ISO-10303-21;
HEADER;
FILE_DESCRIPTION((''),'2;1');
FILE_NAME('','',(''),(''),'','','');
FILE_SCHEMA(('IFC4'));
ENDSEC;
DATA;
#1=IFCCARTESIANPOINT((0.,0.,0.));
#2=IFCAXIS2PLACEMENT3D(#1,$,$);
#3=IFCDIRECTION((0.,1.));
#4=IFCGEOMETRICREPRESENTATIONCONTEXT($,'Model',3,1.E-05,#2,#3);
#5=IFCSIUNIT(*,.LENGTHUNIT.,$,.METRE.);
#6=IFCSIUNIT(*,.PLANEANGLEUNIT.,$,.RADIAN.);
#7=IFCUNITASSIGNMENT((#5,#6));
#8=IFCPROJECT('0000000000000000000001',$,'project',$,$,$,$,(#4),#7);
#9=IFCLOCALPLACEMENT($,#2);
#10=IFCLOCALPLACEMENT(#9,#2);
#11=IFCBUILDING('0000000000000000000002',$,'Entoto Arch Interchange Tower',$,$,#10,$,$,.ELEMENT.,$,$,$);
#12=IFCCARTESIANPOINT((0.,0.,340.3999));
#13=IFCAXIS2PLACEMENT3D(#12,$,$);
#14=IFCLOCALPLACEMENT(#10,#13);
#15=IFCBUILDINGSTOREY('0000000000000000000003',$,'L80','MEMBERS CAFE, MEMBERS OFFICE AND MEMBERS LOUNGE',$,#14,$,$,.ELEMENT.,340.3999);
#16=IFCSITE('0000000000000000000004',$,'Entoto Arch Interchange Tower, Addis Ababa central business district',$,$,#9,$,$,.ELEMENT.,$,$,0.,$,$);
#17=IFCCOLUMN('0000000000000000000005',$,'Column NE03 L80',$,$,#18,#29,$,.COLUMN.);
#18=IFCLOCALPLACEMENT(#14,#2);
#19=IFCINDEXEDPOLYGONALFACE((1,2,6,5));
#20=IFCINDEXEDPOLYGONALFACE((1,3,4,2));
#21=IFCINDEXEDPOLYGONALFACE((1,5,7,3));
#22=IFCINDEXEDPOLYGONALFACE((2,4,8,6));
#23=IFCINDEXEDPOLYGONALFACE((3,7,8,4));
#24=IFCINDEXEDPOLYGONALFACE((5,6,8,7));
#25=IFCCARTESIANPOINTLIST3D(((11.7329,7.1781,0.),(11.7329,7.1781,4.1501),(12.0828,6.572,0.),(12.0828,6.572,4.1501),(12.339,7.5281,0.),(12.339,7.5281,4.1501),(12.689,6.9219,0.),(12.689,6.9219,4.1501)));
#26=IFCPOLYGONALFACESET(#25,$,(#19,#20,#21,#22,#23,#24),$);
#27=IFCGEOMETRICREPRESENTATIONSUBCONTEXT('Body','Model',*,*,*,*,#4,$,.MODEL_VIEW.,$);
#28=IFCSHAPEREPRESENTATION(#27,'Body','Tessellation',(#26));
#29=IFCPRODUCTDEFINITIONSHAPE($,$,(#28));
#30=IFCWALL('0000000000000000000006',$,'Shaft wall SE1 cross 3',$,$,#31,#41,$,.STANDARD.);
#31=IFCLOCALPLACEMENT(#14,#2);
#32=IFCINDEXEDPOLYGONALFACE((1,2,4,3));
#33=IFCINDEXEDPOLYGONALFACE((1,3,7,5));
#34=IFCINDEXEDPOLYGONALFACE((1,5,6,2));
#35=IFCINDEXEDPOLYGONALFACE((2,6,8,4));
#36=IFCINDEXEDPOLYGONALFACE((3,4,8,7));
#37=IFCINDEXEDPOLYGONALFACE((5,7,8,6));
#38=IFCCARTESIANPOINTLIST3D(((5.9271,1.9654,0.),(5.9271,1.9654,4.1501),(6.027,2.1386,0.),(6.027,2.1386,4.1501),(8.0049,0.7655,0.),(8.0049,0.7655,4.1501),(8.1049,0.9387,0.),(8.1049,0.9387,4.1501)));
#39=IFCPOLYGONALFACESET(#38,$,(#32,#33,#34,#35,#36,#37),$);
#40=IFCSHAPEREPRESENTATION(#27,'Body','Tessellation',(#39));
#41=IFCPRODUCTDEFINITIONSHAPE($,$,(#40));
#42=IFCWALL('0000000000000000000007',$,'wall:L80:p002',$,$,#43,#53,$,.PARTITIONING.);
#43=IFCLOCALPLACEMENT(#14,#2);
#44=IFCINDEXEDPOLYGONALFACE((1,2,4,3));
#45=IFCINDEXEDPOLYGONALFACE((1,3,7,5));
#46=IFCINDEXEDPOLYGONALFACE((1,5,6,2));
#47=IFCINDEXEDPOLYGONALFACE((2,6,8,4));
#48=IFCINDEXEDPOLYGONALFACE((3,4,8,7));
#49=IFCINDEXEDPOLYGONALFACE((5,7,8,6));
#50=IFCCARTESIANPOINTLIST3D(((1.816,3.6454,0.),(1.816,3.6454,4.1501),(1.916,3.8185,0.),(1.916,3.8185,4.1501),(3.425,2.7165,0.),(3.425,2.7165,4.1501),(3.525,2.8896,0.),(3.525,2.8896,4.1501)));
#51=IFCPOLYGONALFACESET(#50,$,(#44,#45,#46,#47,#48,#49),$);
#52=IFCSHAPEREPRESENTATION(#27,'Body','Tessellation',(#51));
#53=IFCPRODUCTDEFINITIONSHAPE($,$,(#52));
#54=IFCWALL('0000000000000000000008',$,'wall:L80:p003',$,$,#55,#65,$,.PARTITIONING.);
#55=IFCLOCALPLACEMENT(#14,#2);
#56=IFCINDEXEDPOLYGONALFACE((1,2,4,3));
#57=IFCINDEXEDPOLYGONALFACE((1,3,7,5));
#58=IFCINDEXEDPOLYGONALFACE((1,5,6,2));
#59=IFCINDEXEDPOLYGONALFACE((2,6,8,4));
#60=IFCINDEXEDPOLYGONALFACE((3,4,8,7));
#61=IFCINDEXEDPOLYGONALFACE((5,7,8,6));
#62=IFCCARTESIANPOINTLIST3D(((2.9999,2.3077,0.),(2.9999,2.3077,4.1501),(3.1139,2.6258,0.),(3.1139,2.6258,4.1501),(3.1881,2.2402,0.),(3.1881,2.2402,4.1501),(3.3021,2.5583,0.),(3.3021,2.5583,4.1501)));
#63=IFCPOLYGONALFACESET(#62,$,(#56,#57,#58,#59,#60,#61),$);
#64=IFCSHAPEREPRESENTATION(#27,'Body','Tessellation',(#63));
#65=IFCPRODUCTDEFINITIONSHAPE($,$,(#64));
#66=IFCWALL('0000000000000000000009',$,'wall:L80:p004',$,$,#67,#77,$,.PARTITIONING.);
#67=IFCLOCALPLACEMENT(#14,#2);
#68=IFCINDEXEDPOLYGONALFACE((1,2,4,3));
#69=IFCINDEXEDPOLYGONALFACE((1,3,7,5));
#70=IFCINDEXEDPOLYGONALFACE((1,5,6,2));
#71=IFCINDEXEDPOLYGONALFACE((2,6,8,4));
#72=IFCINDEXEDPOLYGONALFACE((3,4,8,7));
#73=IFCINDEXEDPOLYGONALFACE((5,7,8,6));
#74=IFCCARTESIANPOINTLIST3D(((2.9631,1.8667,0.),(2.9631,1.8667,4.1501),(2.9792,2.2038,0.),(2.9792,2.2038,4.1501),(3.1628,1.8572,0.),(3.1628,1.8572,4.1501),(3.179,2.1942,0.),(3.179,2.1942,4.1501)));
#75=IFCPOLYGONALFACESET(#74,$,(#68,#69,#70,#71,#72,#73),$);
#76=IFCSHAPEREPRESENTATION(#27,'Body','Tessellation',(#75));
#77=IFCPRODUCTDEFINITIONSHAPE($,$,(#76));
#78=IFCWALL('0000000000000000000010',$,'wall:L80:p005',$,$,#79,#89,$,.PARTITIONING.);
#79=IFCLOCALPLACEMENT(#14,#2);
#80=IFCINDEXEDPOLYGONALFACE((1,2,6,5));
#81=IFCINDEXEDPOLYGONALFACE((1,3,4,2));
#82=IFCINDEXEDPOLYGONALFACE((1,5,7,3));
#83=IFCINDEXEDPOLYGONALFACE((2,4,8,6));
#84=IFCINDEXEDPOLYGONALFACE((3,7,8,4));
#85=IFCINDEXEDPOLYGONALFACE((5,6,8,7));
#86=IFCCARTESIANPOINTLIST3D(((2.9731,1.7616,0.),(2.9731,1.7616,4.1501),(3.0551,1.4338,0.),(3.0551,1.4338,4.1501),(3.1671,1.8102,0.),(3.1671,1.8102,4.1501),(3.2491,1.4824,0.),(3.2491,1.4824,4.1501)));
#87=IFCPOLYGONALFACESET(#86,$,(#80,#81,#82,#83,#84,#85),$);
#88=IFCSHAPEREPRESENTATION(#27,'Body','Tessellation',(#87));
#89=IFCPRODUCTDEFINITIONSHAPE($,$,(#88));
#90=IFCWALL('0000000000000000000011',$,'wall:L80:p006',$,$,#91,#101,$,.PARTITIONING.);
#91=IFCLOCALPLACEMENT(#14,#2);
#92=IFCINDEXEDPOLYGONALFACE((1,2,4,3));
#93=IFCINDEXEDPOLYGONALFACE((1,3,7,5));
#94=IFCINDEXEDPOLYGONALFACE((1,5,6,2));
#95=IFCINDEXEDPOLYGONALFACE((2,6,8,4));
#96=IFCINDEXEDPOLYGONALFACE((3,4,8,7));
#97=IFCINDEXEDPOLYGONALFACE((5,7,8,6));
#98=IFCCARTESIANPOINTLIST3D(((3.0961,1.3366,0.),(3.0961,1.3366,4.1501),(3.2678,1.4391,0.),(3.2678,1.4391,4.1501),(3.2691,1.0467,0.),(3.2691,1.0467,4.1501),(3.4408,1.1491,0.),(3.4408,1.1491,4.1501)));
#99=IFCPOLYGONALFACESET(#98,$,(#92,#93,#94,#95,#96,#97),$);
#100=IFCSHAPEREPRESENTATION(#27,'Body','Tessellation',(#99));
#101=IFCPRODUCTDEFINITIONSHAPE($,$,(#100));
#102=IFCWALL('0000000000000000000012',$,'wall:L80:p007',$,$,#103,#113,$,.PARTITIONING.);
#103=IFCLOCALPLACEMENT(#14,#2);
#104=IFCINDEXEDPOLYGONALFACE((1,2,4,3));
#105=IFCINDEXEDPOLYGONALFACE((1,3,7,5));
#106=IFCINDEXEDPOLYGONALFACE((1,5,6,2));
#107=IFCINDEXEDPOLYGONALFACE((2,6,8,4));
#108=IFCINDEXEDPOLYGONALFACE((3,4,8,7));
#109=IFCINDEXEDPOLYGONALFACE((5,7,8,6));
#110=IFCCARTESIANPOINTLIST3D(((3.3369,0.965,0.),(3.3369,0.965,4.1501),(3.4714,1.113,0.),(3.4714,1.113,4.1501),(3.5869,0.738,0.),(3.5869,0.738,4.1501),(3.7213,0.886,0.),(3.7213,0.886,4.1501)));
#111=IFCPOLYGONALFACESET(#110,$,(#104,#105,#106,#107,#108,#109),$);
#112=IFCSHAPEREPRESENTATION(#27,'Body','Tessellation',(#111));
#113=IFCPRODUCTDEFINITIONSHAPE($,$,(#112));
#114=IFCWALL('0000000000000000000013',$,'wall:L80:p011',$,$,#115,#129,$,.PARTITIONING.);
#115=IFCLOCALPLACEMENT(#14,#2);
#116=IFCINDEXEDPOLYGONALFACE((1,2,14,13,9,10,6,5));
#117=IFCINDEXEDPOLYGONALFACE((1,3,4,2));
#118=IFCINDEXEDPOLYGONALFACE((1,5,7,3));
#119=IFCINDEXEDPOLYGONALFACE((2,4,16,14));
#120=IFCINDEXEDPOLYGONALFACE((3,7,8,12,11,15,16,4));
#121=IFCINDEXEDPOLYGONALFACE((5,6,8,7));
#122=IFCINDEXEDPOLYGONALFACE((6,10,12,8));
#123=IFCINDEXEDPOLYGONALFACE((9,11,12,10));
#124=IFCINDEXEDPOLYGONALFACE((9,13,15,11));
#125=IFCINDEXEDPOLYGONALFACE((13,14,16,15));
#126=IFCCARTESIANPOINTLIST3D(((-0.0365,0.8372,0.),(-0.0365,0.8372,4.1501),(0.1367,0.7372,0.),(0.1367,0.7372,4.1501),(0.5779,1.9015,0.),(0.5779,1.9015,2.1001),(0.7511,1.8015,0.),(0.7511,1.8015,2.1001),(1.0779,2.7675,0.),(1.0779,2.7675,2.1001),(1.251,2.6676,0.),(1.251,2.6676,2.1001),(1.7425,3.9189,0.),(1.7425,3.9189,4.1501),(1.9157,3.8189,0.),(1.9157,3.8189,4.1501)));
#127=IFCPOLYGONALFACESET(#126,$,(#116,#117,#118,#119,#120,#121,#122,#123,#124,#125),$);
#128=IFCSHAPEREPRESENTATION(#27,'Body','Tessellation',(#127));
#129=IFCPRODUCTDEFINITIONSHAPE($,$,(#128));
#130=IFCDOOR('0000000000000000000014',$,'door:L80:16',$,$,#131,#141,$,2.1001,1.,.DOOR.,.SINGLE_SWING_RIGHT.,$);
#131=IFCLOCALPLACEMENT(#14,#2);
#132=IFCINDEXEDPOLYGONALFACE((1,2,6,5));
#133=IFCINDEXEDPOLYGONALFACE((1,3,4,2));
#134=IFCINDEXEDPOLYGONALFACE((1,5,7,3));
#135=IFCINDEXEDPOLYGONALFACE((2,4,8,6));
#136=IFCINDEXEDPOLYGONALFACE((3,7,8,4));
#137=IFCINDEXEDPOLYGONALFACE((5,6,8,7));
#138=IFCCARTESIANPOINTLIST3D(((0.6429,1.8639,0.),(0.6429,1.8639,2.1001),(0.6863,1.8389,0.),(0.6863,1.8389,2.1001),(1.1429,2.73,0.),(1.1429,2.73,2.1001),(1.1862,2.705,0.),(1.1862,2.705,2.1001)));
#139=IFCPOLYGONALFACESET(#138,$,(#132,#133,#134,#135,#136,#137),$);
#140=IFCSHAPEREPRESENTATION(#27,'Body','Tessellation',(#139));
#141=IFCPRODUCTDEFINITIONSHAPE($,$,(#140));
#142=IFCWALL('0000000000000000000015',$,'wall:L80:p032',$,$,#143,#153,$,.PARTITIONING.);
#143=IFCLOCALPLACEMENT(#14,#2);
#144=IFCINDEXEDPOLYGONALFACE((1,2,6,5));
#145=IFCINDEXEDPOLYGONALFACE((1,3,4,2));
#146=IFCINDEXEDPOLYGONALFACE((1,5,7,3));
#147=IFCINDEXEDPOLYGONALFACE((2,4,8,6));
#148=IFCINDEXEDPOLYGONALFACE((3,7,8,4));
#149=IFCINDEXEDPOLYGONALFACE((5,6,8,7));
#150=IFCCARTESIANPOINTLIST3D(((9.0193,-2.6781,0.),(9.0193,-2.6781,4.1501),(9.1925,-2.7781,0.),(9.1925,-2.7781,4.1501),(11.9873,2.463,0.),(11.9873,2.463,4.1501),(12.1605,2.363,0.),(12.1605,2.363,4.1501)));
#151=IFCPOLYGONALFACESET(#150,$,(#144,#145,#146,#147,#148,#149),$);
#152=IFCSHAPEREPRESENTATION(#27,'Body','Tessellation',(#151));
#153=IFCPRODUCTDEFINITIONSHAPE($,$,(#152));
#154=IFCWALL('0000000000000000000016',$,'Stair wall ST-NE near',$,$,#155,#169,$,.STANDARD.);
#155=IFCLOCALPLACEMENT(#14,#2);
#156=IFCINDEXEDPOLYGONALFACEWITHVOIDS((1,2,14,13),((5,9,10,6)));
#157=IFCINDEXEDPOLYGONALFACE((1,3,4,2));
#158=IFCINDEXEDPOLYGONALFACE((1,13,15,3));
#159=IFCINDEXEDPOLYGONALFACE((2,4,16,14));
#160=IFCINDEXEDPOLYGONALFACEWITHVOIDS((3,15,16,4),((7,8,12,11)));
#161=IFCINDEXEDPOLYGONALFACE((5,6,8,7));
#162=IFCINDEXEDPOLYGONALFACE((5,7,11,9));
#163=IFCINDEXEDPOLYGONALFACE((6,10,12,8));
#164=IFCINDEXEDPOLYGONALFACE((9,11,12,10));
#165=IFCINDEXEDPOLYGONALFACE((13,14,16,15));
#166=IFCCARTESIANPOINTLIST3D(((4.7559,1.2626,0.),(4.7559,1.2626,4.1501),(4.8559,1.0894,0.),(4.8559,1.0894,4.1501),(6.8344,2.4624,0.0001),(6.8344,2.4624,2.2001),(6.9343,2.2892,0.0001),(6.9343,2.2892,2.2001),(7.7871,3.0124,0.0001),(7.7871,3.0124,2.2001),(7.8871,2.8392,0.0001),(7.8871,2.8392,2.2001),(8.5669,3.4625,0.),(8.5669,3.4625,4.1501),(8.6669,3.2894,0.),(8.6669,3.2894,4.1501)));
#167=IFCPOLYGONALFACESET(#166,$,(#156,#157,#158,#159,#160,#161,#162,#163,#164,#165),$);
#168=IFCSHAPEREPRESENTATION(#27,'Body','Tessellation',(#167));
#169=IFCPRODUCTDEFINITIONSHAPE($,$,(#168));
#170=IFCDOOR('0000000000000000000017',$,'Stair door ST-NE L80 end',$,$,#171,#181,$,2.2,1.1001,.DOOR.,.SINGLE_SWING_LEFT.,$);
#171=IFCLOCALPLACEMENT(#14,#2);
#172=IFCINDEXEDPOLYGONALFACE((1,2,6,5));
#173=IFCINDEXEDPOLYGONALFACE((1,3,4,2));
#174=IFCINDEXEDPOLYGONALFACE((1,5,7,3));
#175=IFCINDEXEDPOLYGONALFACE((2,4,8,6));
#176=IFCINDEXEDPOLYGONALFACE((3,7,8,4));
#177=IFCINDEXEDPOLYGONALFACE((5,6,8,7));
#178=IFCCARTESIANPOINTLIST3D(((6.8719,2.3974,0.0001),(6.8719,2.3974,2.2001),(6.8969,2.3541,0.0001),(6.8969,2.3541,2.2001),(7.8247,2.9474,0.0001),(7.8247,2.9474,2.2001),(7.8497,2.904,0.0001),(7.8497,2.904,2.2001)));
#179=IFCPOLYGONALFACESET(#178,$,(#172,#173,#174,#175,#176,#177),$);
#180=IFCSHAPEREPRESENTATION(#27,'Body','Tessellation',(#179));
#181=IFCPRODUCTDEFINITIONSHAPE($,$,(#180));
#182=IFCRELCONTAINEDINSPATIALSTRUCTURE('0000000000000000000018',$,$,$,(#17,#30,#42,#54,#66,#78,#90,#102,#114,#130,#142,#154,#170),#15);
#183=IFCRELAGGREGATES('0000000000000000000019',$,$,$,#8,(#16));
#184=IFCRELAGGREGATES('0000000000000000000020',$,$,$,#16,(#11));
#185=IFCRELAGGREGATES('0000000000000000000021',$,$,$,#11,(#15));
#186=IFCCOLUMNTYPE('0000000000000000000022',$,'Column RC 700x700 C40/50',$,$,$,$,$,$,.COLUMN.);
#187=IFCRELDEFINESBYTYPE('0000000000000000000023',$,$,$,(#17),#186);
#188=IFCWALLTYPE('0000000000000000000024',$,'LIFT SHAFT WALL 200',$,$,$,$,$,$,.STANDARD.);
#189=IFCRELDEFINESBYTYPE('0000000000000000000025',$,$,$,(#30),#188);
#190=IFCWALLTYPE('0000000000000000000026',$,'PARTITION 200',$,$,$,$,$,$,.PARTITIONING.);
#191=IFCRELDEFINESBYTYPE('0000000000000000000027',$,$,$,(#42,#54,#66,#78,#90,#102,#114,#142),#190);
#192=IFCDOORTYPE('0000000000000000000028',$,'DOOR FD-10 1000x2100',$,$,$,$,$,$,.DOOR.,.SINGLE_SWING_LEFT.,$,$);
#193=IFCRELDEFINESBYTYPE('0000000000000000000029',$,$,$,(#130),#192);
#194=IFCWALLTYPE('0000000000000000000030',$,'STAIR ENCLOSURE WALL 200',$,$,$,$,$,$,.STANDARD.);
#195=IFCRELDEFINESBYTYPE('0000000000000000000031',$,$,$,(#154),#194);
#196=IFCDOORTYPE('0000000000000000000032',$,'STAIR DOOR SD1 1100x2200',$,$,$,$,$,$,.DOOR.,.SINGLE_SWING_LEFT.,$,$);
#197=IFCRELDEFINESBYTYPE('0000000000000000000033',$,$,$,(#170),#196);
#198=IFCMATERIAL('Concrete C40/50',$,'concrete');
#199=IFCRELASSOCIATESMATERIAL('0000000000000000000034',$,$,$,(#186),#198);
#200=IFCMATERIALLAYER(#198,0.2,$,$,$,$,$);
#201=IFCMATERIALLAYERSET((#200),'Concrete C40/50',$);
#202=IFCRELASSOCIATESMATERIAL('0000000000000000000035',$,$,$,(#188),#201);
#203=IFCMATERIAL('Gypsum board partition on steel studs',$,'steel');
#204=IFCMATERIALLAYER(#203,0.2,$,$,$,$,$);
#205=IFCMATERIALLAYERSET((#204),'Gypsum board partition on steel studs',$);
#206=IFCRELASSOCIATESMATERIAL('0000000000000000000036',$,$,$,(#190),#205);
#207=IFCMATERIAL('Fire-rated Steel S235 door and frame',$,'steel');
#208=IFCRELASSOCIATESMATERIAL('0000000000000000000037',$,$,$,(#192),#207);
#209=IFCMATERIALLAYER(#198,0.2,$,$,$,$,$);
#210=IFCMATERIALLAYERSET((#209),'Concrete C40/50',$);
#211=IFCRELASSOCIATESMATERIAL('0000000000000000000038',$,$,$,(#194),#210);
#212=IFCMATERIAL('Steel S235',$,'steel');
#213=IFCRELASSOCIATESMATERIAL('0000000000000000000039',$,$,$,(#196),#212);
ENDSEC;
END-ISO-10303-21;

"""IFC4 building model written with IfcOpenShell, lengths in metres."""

from ifc_helpers import new_model, si_unit, direction, frame, frame_2d, origin, origin_2d, place, context, subcontext, project, spatial, rectangle, extrude, material, layer, layer_set, material_profile, profile_set, type_object, element, fill, save


model = new_model("IFC4")

# Units and contexts
model_context = context("Model", 3, precision=1e-05, world=origin(), true_north=direction((0.0, 1.0)))
body_context = subcontext(model_context, "Body", "Model", "MODEL_VIEW")
ifc_project = project(units=[si_unit("LENGTHUNIT", "METRE"), si_unit("PLANEANGLEUNIT", "RADIAN")], contexts=[model_context])

# Site, building, storey
site_placement = place(None, origin())
site = spatial("IfcSite", under=ifc_project, at=site_placement, Name="Entoto Arch Interchange Tower, Addis Ababa central business district", CompositionType="ELEMENT", RefElevation=0.0)
building_placement = place(site_placement, origin())
building = spatial("IfcBuilding", under=site, at=building_placement, Name="Entoto Arch Interchange Tower", CompositionType="ELEMENT")
storey_placement = place(building_placement, frame((0.0, 0.0, 340.3999)))
storey = spatial("IfcBuildingStorey", under=building, at=storey_placement, Name="L80", Description="MEMBERS CAFE, MEMBERS OFFICE AND MEMBERS LOUNGE", CompositionType="ELEMENT", Elevation=340.3999)

# Column
ifc_material_1 = material(Name="Concrete C40/50", Category="concrete")
ifc_material_profile = material_profile(ifc_material_1, rectangle(XDim=0.7, YDim=0.7, at=origin_2d()))
ifc_profile_set = profile_set([ifc_material_profile], Name="Concrete C40/50")
column_type = type_object("IfcColumnType", Name="Column RC 700x700 C40/50", PredefinedType="COLUMN", material=ifc_profile_set)
column_placement = place(storey_placement, frame((12.2109, 7.05, 0.0), z_axis=(0.0, 0.0, 1.0), x_axis=(-0.5, 0.866025, 0.0)))
element("IfcColumn", 1, at=column_placement, inside=storey, type_object=column_type, Name="Column NE03 L80", PredefinedType="COLUMN", context=body_context, shape_type="SweptSolid", body=[
    extrude(rectangle(XDim=0.7, YDim=0.7, at=origin_2d()), origin(), (0.0, 0.0, 1.0), 4.1501),
])

# Walls
ifc_layer_1 = layer(ifc_material_1, 0.2)
ifc_layer_set_1 = layer_set([ifc_layer_1], Name="Concrete C40/50")
wall_type_1 = type_object("IfcWallType", Name="LIFT SHAFT WALL 200", PredefinedType="STANDARD", material=ifc_layer_set_1)
wall_1_placement = place(storey_placement, frame((5.9771, 2.052, 0.0), z_axis=(0.0, 0.0, 1.0), x_axis=(0.865974, -0.500089, 0.0)))
element("IfcWall", 2, at=wall_1_placement, inside=storey, type_object=wall_type_1, Name="Shaft wall SE1 cross 3", PredefinedType="STANDARD", context=body_context, shape_type="SweptSolid", body=[
    extrude(rectangle(XDim=2.3994, YDim=0.2, at=frame_2d((1.1997, 0.0))), origin(), (0.0, 0.0, 1.0), 4.1501),
])
ifc_material_2 = material(Name="Gypsum board partition on steel studs", Category="steel")
ifc_layer_2 = layer(ifc_material_2, 0.2)
ifc_layer_set_2 = layer_set([ifc_layer_2], Name="Gypsum board partition on steel studs")
wall_type_2 = type_object("IfcWallType", Name="PARTITION 200", PredefinedType="PARTITIONING", material=ifc_layer_set_2)
wall_2_placement = place(storey_placement, frame((1.866, 3.7319, 0.0), z_axis=(0.0, 0.0, 1.0), x_axis=(0.866043, -0.499969, 0.0)))
element("IfcWall", 3, at=wall_2_placement, inside=storey, type_object=wall_type_2, Name="wall:L80:p002", PredefinedType="PARTITIONING", context=body_context, shape_type="SweptSolid", body=[
    extrude(rectangle(XDim=1.8579, YDim=0.2, at=frame_2d((0.929, 0.0))), origin(), (0.0, 0.0, 1.0), 4.1501),
])
wall_3_placement = place(storey_placement, frame((3.208, 2.592, 0.0), z_axis=(0.0, 0.0, 1.0), x_axis=(-0.337389, -0.941365, 0.0)))
element("IfcWall", 4, at=wall_3_placement, inside=storey, type_object=wall_type_2, Name="wall:L80:p003", PredefinedType="PARTITIONING", context=body_context, shape_type="SweptSolid", body=[
    extrude(rectangle(XDim=0.3379, YDim=0.2, at=frame_2d((0.1689, 0.0))), origin(), (0.0, 0.0, 1.0), 4.1501),
])
wall_4_placement = place(storey_placement, frame((3.0791, 2.199, 0.0), z_axis=(0.0, 0.0, 1.0), x_axis=(-0.047771, -0.998858, 0.0)))
element("IfcWall", 5, at=wall_4_placement, inside=storey, type_object=wall_type_2, Name="wall:L80:p004", PredefinedType="PARTITIONING", context=body_context, shape_type="SweptSolid", body=[
    extrude(rectangle(XDim=0.3374, YDim=0.2, at=frame_2d((0.1687, 0.0))), origin(), (0.0, 0.0, 1.0), 4.1501),
])
wall_5_placement = place(storey_placement, frame((3.0701, 1.7859, 0.0), z_axis=(0.0, 0.0, 1.0), x_axis=(0.242706, -0.9701, 0.0)))
element("IfcWall", 6, at=wall_5_placement, inside=storey, type_object=wall_type_2, Name="wall:L80:p005", PredefinedType="PARTITIONING", context=body_context, shape_type="SweptSolid", body=[
    extrude(rectangle(XDim=0.3379, YDim=0.2, at=frame_2d((0.1689, 0.0))), origin(), (0.0, 0.0, 1.0), 4.1501),
])
for number, where, z_axis, x_axis, name in (
    (7, (3.1819, 1.3879, 0.0), (0.0, 0.0, 1.0), (0.512475, -0.858702, 0.0), "wall:L80:p006"),
    (8, (3.4041, 1.0391, 0.0), (0.0, 0.0, 1.0), (0.740267, -0.672313, 0.0), "wall:L80:p007"),
):
    element("IfcWall", number, at=place(storey_placement, frame(where, z_axis=z_axis, x_axis=x_axis)), inside=storey, type_object=wall_type_2, Name=name, PredefinedType="PARTITIONING", context=body_context, shape_type="SweptSolid", body=[
        extrude(rectangle(XDim=0.3376, YDim=0.2, at=frame_2d((0.1689, 0.0))), origin(), (0.0, 0.0, 1.0), 4.1501),
    ])

# Wall, opening, door
wall_6_placement = place(storey_placement, frame((0.05, 0.7871, 0.0), z_axis=(0.0, 0.0, 1.0), x_axis=(0.499954, 0.866052, 0.0)))
wall_6 = element("IfcWall", 9, at=wall_6_placement, inside=storey, type_object=wall_type_2, Name="wall:L80:p011", PredefinedType="PARTITIONING", context=body_context, shape_type="SweptSolid", body=[
    extrude(rectangle(XDim=3.5583, YDim=0.2, at=frame_2d((1.7793, 0.0))), origin(), (0.0, 0.0, 1.0), 4.1501),
])
opening_1_placement = place(wall_6_placement, frame((1.229, 0.0, 0.0)))
opening_1 = element("IfcOpeningElement", 10, at=opening_1_placement, cuts=wall_6, PredefinedType="OPENING", context=body_context, shape_type="SweptSolid", body=[
    extrude(rectangle(XDim=1.0, YDim=2.1001, at=frame_2d((0.5, 1.05))), frame((0.0, 0.1099, 0.0), z_axis=(0.0, -1.0, 0.0), x_axis=(1.0, 0.0, 0.0)), (0.0, 0.0, 1.0), 0.22),
])
ifc_material_3 = material(Name="Fire-rated Steel S235 door and frame", Category="steel")
door_type_1 = type_object("IfcDoorType", Name="DOOR FD-10 1000x2100", OperationType="SINGLE_SWING_LEFT", PredefinedType="DOOR", material=ifc_material_3)
door_1_placement = place(opening_1_placement, origin())
door_1 = element("IfcDoor", 11, at=door_1_placement, inside=storey, type_object=door_type_1, Name="door:L80:16", OperationType="SINGLE_SWING_RIGHT", OverallHeight=2.1001, OverallWidth=1.0, PredefinedType="DOOR", context=body_context, shape_type="SweptSolid", body=[
    extrude(rectangle(XDim=1.0, YDim=2.1001, at=frame_2d((0.5, 1.05))), frame((0.0, 0.0249, 0.0), z_axis=(0.0, -1.0, 0.0), x_axis=(1.0, 0.0, 0.0)), (0.0, 0.0, 1.0), 0.05),
])
fill(opening_1, door_1)

# Wall
wall_7_placement = place(storey_placement, frame((12.074, 2.4131, 0.0), z_axis=(0.0, 0.0, 1.0), x_axis=(-0.499974, -0.86604, 0.0)))
element("IfcWall", 12, at=wall_7_placement, inside=storey, type_object=wall_type_2, Name="wall:L80:p032", PredefinedType="PARTITIONING", context=body_context, shape_type="SweptSolid", body=[
    extrude(rectangle(XDim=5.9363, YDim=0.2, at=frame_2d((2.9683, 0.0))), origin(), (0.0, 0.0, 1.0), 4.1501),
])

# Wall, opening, door
ifc_layer_3 = layer(ifc_material_1, 0.2)
ifc_layer_set_3 = layer_set([ifc_layer_3], Name="Concrete C40/50")
wall_type_3 = type_object("IfcWallType", Name="STAIR ENCLOSURE WALL 200", PredefinedType="STANDARD", material=ifc_layer_set_3)
wall_8_placement = place(storey_placement, frame((4.8059, 1.176, 0.0), z_axis=(0.0, 0.0, 1.0), x_axis=(0.86606, 0.49994, 0.0)))
wall_8 = element("IfcWall", 13, at=wall_8_placement, inside=storey, type_object=wall_type_3, Name="Stair wall ST-NE near", PredefinedType="STANDARD", context=body_context, shape_type="SweptSolid", body=[
    extrude(rectangle(XDim=4.4004, YDim=0.2, at=frame_2d((2.2002, 0.0))), origin(), (0.0, 0.0, 1.0), 4.1501),
])
opening_2_placement = place(wall_8_placement, frame((2.3999, 0.0, 0.0)))
opening_2 = element("IfcOpeningElement", 14, at=opening_2_placement, cuts=wall_8, PredefinedType="OPENING", context=body_context, shape_type="SweptSolid", body=[
    extrude(rectangle(XDim=1.1001, YDim=2.2, at=frame_2d((0.55, 1.1001))), frame((0.0, 0.1099, 0.0), z_axis=(0.0, -1.0, 0.0), x_axis=(1.0, 0.0, 0.0)), (0.0, 0.0, 1.0), 0.22),
])
ifc_material_4 = material(Name="Steel S235", Category="steel")
door_type_2 = type_object("IfcDoorType", Name="STAIR DOOR SD1 1100x2200", OperationType="SINGLE_SWING_LEFT", PredefinedType="DOOR", material=ifc_material_4)
door_2_placement = place(opening_2_placement, origin())
door_2 = element("IfcDoor", 15, at=door_2_placement, inside=storey, type_object=door_type_2, Name="Stair door ST-NE L80 end", OperationType="SINGLE_SWING_LEFT", OverallHeight=2.2, OverallWidth=1.1001, PredefinedType="DOOR", context=body_context, shape_type="SweptSolid", body=[
    extrude(rectangle(XDim=1.1001, YDim=2.2, at=frame_2d((0.55, 1.1001))), frame((0.0, 0.0249, 0.0), z_axis=(0.0, -1.0, 0.0), x_axis=(1.0, 0.0, 0.0)), (0.0, 0.0, 1.0), 0.05),
])
fill(opening_2, door_2)

save(model, "model.ifc")
